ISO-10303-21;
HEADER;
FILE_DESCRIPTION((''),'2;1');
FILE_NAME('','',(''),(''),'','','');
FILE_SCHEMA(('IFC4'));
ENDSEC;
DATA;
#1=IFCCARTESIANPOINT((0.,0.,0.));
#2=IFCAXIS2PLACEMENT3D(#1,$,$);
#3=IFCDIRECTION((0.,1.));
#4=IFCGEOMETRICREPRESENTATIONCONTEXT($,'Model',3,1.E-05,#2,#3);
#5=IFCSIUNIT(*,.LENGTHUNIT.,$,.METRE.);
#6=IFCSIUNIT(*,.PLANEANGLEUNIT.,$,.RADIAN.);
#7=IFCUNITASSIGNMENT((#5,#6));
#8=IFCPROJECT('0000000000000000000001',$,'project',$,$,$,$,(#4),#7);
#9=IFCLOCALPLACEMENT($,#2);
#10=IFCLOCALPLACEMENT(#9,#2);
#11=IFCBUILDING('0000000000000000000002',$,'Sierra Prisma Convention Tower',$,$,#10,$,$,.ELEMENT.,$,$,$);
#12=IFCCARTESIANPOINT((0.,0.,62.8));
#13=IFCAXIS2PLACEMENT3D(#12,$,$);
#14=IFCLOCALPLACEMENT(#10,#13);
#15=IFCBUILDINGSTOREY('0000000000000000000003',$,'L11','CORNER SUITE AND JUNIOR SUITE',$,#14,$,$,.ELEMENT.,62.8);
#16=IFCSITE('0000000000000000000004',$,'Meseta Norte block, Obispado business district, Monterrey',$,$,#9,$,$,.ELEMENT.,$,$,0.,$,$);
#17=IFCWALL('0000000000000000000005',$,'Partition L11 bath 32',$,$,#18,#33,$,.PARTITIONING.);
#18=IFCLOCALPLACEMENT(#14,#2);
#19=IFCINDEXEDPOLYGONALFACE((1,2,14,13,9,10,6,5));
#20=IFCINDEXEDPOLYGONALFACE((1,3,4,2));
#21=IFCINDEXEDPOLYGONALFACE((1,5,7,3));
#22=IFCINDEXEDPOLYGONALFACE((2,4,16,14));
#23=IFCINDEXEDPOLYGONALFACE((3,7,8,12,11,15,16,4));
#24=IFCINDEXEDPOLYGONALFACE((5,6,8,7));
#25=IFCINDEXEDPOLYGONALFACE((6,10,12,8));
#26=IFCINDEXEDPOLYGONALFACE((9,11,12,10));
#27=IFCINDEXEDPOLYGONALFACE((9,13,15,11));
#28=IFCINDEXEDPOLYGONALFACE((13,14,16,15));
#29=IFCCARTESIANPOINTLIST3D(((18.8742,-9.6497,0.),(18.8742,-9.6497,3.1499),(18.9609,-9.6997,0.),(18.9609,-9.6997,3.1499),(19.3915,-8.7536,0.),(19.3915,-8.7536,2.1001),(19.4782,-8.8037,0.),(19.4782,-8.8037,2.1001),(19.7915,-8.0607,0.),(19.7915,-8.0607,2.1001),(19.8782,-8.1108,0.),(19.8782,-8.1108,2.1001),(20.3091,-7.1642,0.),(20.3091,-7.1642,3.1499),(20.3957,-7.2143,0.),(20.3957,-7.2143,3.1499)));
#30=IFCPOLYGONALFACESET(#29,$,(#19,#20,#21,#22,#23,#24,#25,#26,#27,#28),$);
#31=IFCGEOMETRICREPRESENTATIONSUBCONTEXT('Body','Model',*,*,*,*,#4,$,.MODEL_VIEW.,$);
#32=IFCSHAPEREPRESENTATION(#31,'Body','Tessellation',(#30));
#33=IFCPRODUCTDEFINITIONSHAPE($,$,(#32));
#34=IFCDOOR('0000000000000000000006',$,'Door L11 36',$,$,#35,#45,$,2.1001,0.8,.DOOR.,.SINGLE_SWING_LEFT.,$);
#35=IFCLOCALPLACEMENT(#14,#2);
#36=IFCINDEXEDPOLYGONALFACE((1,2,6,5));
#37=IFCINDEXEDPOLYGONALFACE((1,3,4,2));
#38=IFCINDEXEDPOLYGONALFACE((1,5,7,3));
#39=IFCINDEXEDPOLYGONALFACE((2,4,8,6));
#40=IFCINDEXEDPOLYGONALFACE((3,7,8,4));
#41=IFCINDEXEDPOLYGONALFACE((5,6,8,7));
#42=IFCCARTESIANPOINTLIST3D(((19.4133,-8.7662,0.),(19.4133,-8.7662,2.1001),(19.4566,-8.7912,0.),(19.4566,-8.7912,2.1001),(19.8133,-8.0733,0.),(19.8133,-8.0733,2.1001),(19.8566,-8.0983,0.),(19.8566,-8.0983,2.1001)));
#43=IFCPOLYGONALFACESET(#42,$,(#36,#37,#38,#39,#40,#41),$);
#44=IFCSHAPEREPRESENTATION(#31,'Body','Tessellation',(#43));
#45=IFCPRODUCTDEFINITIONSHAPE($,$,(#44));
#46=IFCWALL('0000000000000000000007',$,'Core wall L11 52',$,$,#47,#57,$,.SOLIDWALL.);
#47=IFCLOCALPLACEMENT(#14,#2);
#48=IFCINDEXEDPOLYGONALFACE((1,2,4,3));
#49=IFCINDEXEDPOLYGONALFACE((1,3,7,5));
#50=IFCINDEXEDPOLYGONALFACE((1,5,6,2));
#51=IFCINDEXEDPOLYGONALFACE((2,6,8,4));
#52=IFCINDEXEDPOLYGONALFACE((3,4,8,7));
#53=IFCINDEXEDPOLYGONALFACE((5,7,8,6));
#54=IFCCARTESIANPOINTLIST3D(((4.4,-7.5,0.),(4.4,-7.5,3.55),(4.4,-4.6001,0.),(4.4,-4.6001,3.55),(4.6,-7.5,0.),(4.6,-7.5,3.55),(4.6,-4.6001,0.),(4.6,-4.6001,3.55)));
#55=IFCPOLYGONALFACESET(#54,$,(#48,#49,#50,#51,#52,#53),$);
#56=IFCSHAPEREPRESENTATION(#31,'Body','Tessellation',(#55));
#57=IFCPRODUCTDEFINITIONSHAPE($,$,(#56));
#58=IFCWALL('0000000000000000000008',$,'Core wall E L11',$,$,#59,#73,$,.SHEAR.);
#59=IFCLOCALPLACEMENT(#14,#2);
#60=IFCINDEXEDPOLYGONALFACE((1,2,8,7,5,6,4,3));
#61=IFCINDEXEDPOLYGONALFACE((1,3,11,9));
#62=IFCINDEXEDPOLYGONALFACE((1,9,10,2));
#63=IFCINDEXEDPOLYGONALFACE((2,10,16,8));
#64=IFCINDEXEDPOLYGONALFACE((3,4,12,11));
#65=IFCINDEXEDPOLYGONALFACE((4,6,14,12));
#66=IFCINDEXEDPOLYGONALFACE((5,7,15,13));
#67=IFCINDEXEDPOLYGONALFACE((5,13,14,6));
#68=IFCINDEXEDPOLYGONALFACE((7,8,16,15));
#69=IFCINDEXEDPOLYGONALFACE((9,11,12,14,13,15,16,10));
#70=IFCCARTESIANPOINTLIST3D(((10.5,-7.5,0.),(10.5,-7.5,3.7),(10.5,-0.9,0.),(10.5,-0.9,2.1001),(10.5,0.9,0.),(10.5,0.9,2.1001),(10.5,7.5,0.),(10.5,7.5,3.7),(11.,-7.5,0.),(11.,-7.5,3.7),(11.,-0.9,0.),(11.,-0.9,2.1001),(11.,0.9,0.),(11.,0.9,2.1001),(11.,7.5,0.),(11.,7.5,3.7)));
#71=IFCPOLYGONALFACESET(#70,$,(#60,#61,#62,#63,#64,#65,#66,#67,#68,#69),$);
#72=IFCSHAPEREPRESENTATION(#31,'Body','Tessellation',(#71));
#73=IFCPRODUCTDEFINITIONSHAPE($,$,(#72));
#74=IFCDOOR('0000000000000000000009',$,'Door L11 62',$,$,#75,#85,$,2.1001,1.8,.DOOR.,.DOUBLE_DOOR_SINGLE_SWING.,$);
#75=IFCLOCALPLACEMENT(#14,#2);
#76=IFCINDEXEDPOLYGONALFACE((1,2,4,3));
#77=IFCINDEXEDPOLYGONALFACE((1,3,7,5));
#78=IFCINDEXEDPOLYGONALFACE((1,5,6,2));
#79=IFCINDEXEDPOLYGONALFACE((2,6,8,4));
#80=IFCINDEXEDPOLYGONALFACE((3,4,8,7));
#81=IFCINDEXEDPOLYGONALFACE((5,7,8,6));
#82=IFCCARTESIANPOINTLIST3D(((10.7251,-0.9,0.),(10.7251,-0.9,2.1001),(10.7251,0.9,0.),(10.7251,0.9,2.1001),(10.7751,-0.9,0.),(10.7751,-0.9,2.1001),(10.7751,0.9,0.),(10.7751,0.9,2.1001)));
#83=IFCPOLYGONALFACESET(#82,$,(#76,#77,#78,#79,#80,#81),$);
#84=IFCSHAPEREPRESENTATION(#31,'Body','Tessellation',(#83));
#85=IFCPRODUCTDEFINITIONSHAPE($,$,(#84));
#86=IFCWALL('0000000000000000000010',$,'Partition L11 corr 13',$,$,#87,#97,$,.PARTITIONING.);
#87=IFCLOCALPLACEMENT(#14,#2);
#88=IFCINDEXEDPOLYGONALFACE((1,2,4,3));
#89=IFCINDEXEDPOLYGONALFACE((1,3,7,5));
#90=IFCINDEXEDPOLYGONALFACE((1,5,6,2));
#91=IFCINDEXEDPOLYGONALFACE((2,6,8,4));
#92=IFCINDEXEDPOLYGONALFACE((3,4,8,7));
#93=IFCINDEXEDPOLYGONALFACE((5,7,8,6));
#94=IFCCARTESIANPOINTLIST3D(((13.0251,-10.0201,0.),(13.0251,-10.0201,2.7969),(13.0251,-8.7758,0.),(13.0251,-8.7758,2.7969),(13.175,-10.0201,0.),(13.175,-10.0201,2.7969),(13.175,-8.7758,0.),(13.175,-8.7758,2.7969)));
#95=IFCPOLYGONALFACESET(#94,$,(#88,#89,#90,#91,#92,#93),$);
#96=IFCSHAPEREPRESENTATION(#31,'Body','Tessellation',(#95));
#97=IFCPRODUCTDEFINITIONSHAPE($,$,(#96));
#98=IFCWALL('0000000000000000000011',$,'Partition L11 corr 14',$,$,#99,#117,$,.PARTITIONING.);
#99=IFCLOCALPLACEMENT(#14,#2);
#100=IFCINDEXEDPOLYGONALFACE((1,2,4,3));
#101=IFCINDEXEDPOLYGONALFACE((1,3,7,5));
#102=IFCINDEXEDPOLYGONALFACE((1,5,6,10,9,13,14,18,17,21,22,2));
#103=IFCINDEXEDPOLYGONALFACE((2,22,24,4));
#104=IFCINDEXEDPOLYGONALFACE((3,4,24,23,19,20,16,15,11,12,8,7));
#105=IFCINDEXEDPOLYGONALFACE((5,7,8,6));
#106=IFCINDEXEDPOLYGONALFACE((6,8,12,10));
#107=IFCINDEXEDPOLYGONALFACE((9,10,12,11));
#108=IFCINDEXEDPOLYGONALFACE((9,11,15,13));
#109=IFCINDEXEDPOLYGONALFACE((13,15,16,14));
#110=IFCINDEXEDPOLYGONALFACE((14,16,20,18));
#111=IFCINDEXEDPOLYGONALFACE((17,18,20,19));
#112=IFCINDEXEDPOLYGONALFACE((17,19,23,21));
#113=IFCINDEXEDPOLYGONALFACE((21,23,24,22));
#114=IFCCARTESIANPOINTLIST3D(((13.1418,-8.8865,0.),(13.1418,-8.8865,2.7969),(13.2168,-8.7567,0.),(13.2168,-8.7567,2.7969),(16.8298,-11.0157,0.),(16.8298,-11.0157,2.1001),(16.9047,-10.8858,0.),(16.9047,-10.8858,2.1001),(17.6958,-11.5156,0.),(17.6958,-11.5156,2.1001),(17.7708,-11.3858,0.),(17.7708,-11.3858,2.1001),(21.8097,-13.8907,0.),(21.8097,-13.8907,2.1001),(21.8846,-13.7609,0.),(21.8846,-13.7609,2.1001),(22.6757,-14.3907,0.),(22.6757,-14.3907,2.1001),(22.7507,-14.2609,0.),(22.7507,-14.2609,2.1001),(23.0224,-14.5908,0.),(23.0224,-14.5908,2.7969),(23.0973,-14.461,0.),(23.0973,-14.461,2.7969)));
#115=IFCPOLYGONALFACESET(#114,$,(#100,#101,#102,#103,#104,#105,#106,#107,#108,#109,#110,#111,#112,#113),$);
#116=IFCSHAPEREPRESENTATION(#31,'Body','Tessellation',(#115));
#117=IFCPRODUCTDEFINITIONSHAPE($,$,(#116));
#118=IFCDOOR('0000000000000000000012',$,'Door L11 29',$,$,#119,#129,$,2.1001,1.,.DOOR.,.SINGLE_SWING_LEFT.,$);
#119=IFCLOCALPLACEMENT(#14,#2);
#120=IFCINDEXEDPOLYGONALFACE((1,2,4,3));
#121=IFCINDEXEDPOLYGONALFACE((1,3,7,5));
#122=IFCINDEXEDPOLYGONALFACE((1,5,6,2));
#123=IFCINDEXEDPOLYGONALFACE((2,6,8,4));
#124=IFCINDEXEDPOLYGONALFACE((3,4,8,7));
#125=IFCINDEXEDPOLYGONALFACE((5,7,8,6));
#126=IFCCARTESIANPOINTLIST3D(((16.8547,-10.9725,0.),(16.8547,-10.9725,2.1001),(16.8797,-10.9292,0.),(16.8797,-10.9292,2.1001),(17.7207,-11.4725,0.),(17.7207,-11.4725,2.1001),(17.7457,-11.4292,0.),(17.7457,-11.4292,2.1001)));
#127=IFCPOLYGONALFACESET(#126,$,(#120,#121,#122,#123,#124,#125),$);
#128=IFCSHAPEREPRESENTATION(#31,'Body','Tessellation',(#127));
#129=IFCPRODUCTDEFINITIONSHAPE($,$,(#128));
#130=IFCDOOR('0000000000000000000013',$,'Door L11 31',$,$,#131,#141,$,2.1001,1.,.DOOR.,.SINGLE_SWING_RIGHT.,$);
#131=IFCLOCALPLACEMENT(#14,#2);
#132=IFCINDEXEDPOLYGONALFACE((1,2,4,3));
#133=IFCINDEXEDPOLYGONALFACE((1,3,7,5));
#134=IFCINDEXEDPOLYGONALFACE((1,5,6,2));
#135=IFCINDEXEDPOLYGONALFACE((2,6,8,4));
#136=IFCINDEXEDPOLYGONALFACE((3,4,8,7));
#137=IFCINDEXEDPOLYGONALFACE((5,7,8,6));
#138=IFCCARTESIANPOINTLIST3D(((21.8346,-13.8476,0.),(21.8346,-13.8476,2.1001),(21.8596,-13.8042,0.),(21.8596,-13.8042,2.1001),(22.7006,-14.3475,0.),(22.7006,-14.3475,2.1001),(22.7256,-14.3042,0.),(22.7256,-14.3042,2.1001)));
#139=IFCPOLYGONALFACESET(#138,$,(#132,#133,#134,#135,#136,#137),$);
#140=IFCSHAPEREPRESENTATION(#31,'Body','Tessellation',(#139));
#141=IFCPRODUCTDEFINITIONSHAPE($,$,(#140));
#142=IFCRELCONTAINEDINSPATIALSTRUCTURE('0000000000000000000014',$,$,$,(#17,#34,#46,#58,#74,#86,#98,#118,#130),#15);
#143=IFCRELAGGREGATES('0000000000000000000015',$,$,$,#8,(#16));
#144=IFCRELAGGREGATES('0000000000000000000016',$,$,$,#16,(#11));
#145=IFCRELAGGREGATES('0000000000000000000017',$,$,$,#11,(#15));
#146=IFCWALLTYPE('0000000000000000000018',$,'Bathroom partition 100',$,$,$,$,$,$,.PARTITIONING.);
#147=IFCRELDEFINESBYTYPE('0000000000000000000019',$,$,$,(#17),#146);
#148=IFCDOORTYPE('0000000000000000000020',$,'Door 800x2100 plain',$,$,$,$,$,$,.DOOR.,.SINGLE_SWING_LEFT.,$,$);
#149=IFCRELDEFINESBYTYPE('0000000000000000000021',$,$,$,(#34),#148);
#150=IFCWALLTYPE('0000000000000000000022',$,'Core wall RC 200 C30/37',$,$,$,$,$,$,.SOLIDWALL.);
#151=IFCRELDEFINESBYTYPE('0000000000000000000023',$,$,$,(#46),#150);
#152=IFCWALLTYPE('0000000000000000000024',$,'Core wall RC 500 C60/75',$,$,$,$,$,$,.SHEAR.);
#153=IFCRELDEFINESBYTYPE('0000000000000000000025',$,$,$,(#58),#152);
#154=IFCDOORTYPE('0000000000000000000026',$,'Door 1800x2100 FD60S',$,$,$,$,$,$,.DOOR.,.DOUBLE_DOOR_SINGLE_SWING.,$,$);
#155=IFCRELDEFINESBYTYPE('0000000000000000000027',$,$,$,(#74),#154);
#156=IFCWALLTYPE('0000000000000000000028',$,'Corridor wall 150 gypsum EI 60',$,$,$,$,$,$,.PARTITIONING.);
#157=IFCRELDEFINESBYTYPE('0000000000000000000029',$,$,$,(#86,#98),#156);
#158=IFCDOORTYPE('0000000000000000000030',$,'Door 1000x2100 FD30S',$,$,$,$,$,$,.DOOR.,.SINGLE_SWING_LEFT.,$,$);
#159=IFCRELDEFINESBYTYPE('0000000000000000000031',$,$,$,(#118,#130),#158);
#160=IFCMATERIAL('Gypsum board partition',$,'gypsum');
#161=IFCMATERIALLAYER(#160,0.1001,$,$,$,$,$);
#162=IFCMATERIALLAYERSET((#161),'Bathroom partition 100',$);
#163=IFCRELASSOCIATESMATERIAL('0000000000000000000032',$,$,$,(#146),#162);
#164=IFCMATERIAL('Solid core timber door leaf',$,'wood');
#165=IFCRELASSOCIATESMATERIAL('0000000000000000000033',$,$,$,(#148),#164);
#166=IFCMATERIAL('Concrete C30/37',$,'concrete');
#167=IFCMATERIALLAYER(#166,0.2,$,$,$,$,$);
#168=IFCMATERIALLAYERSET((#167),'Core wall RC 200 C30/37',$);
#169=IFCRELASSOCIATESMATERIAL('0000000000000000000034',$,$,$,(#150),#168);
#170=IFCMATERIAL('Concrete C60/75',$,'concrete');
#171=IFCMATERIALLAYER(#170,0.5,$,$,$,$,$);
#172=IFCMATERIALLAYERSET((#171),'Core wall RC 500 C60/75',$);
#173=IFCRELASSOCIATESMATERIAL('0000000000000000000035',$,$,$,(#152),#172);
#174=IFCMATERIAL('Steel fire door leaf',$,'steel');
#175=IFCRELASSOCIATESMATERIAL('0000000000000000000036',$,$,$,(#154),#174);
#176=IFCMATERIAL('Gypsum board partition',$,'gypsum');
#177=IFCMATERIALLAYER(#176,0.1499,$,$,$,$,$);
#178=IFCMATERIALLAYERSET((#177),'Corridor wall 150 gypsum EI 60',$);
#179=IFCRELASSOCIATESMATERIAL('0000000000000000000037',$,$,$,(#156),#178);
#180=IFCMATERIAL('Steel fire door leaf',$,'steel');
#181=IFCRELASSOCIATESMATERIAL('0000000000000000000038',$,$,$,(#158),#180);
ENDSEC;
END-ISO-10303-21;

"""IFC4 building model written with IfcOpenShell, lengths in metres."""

from ifc_helpers import new_model, si_unit, direction, frame, frame_2d, origin, place, context, subcontext, project, spatial, rectangle, extrude, material, layer, layer_set, type_object, element, fill, save


model = new_model("IFC4")

# Units and contexts
model_context = context("Model", 3, precision=1e-05, world=origin(), true_north=direction((0.0, 1.0)))
body_context = subcontext(model_context, "Body", "Model", "MODEL_VIEW")
ifc_project = project(units=[si_unit("LENGTHUNIT", "METRE"), si_unit("PLANEANGLEUNIT", "RADIAN")], contexts=[model_context])

# Site, building, storey
site_placement = place(None, origin())
site = spatial("IfcSite", under=ifc_project, at=site_placement, Name="Meseta Norte block, Obispado business district, Monterrey", CompositionType="ELEMENT", RefElevation=0.0)
building_placement = place(site_placement, origin())
building = spatial("IfcBuilding", under=site, at=building_placement, Name="Sierra Prisma Convention Tower", CompositionType="ELEMENT")
storey_placement = place(building_placement, frame((0.0, 0.0, 62.8)))
storey = spatial("IfcBuildingStorey", under=building, at=storey_placement, Name="L11", Description="CORNER SUITE AND JUNIOR SUITE", CompositionType="ELEMENT", Elevation=62.8)

# Shared definitions
ifc_material_1 = material(Name="Gypsum board partition", Category="gypsum")
ifc_layer_1 = layer(ifc_material_1, 0.1001)
ifc_layer_set_1 = layer_set([ifc_layer_1], Name="Bathroom partition 100")
wall_type_1 = type_object("IfcWallType", Name="Bathroom partition 100", PredefinedType="PARTITIONING", material=ifc_layer_set_1)
ifc_material_2 = material(Name="Solid core timber door leaf", Category="wood")
door_type_1 = type_object("IfcDoorType", Name="Door 800x2100 plain", OperationType="SINGLE_SWING_LEFT", PredefinedType="DOOR", material=ifc_material_2)

# Wall, opening, door
wall_1_placement = place(storey_placement, frame((18.9175, -9.6748, 0.0), z_axis=(0.0, 0.0, 1.0), x_axis=(0.499973, 0.866041, 0.0)))
wall_1 = element("IfcWall", 1, at=wall_1_placement, inside=storey, type_object=wall_type_1, Name="Partition L11 bath 32", PredefinedType="PARTITIONING", context=body_context, shape_type="SweptSolid", body=[
    extrude(rectangle(XDim=2.8699, YDim=0.1001, at=frame_2d((1.4351, 0.0))), origin(), (0.0, 0.0, 1.0), 3.1499),
])
opening_1_placement = place(wall_1_placement, frame((1.0349, 0.0, 0.0)))
opening_1 = element("IfcOpeningElement", 2, at=opening_1_placement, cuts=wall_1, PredefinedType="OPENING", context=body_context, shape_type="SweptSolid", body=[
    extrude(rectangle(XDim=0.8, YDim=2.1001, at=frame_2d((0.3999, 1.05))), frame((0.0, 0.05, 0.0), z_axis=(0.0, -1.0, 0.0), x_axis=(1.0, 0.0, 0.0)), (0.0, 0.0, 1.0), 0.1001),
])
door_1_placement = place(opening_1_placement, origin())
door_1 = element("IfcDoor", 3, at=door_1_placement, inside=storey, type_object=door_type_1, Name="Door L11 36", OperationType="SINGLE_SWING_LEFT", OverallHeight=2.1001, OverallWidth=0.8, PredefinedType="DOOR", context=body_context, shape_type="SweptSolid", body=[
    extrude(rectangle(XDim=0.8, YDim=2.1001, at=frame_2d((0.3999, 1.05))), frame((0.0, 0.0249, 0.0), z_axis=(0.0, -1.0, 0.0), x_axis=(1.0, 0.0, 0.0)), (0.0, 0.0, 1.0), 0.05),
])
fill(opening_1, door_1)

# Wall
ifc_material_3 = material(Name="Concrete C30/37", Category="concrete")
ifc_layer_2 = layer(ifc_material_3, 0.2)
ifc_layer_set_2 = layer_set([ifc_layer_2], Name="Core wall RC 200 C30/37")
wall_type_2 = type_object("IfcWallType", Name="Core wall RC 200 C30/37", PredefinedType="SOLIDWALL", material=ifc_layer_set_2)
wall_2_placement = place(storey_placement, frame((4.5, -7.5, 0.0), z_axis=(0.0, 0.0, 1.0), x_axis=(0.0, 1.0, 0.0)))
element("IfcWall", 4, at=wall_2_placement, inside=storey, type_object=wall_type_2, Name="Core wall L11 52", PredefinedType="SOLIDWALL", context=body_context, shape_type="SweptSolid", body=[
    extrude(rectangle(XDim=2.8999, YDim=0.2, at=frame_2d((1.45, 0.0))), origin(), (0.0, 0.0, 1.0), 3.55),
])

# Wall, opening, door
ifc_material_4 = material(Name="Concrete C60/75", Category="concrete")
ifc_layer_3 = layer(ifc_material_4, 0.5)
ifc_layer_set_3 = layer_set([ifc_layer_3], Name="Core wall RC 500 C60/75")
wall_type_3 = type_object("IfcWallType", Name="Core wall RC 500 C60/75", PredefinedType="SHEAR", material=ifc_layer_set_3)
wall_3_placement = place(storey_placement, frame((10.75, -7.5, 0.0), z_axis=(0.0, 0.0, 1.0), x_axis=(0.0, 1.0, 0.0)))
wall_3 = element("IfcWall", 5, at=wall_3_placement, inside=storey, type_object=wall_type_3, Name="Core wall E L11", PredefinedType="SHEAR", context=body_context, shape_type="SweptSolid", body=[
    extrude(rectangle(XDim=15.0, YDim=0.5, at=frame_2d((7.5, 0.0))), origin(), (0.0, 0.0, 1.0), 3.7),
])
opening_2_placement = place(wall_3_placement, frame((6.6001, 0.0, 0.0)))
opening_2 = element("IfcOpeningElement", 6, at=opening_2_placement, cuts=wall_3, PredefinedType="OPENING", context=body_context, shape_type="SweptSolid", body=[
    extrude(rectangle(XDim=1.8, YDim=2.1001, at=frame_2d((0.8999, 1.05))), frame((0.0, 0.25, 0.0), z_axis=(0.0, -1.0, 0.0), x_axis=(1.0, 0.0, 0.0)), (0.0, 0.0, 1.0), 0.5),
])
ifc_material_5 = material(Name="Steel fire door leaf", Category="steel")
door_type_2 = type_object("IfcDoorType", Name="Door 1800x2100 FD60S", OperationType="DOUBLE_DOOR_SINGLE_SWING", PredefinedType="DOOR", material=ifc_material_5)
door_2_placement = place(opening_2_placement, origin())
door_2 = element("IfcDoor", 7, at=door_2_placement, inside=storey, type_object=door_type_2, Name="Door L11 62", OperationType="DOUBLE_DOOR_SINGLE_SWING", OverallHeight=2.1001, OverallWidth=1.8, PredefinedType="DOOR", context=body_context, shape_type="SweptSolid", body=[
    extrude(rectangle(XDim=1.8, YDim=2.1001, at=frame_2d((0.8999, 1.05))), frame((0.0, 0.0249, 0.0), z_axis=(0.0, -1.0, 0.0), x_axis=(1.0, 0.0, 0.0)), (0.0, 0.0, 1.0), 0.05),
])
fill(opening_2, door_2)

# Wall
ifc_material_6 = material(Name="Gypsum board partition", Category="gypsum")
ifc_layer_4 = layer(ifc_material_6, 0.1499)
ifc_layer_set_4 = layer_set([ifc_layer_4], Name="Corridor wall 150 gypsum EI 60")
wall_type_4 = type_object("IfcWallType", Name="Corridor wall 150 gypsum EI 60", PredefinedType="PARTITIONING", material=ifc_layer_set_4)
wall_4_placement = place(storey_placement, frame((13.1001, -10.02, 0.0), z_axis=(0.0, 0.0, 1.0), x_axis=(0.0, 1.0, 0.0)))
element("IfcWall", 8, at=wall_4_placement, inside=storey, type_object=wall_type_4, Name="Partition L11 corr 13", PredefinedType="PARTITIONING", context=body_context, shape_type="SweptSolid", body=[
    extrude(rectangle(XDim=1.2444, YDim=0.1499, at=frame_2d((0.6221, 0.0))), origin(), (0.0, 0.0, 1.0), 2.7969),
])

# Wall, openings, doors
wall_5_placement = place(storey_placement, frame((13.1792, -8.8215, 0.0), z_axis=(0.0, 0.0, 1.0), x_axis=(0.866034, -0.499985, 0.0)))
wall_5 = element("IfcWall", 9, at=wall_5_placement, inside=storey, type_object=wall_type_4, Name="Partition L11 corr 14", PredefinedType="PARTITIONING", context=body_context, shape_type="SweptSolid", body=[
    extrude(rectangle(XDim=11.4089, YDim=0.1499, at=frame_2d((5.7046, 0.0))), origin(), (0.0, 0.0, 1.0), 2.7969),
])
opening_3_placement = place(wall_5_placement, frame((4.2585, 0.0, 0.0)))
opening_3 = element("IfcOpeningElement", 10, at=opening_3_placement, cuts=wall_5, PredefinedType="OPENING", context=body_context, shape_type="SweptSolid", body=[
    extrude(rectangle(XDim=1.0, YDim=2.1001, at=frame_2d((0.5, 1.05))), frame((0.0, 0.075, 0.0), z_axis=(0.0, -1.0, 0.0), x_axis=(1.0, 0.0, 0.0)), (0.0, 0.0, 1.0), 0.1499),
])
opening_4_placement = place(wall_5_placement, frame((10.0088, 0.0, 0.0)))
opening_4 = element("IfcOpeningElement", 11, at=opening_4_placement, cuts=wall_5, PredefinedType="OPENING", context=body_context, shape_type="SweptSolid", body=[
    extrude(rectangle(XDim=1.0, YDim=2.1001, at=frame_2d((0.5, 1.05))), frame((0.0, 0.075, 0.0), z_axis=(0.0, -1.0, 0.0), x_axis=(1.0, 0.0, 0.0)), (0.0, 0.0, 1.0), 0.1499),
])
ifc_material_7 = material(Name="Steel fire door leaf", Category="steel")
door_type_3 = type_object("IfcDoorType", Name="Door 1000x2100 FD30S", OperationType="SINGLE_SWING_LEFT", PredefinedType="DOOR", material=ifc_material_7)
door_3_placement = place(opening_3_placement, origin())
door_3 = element("IfcDoor", 12, at=door_3_placement, inside=storey, type_object=door_type_3, Name="Door L11 29", OperationType="SINGLE_SWING_LEFT", OverallHeight=2.1001, OverallWidth=1.0, PredefinedType="DOOR", context=body_context, shape_type="SweptSolid", body=[
    extrude(rectangle(XDim=1.0, YDim=2.1001, at=frame_2d((0.5, 1.05))), frame((0.0, 0.0249, 0.0), z_axis=(0.0, -1.0, 0.0), x_axis=(1.0, 0.0, 0.0)), (0.0, 0.0, 1.0), 0.05),
])
fill(opening_3, door_3)
door_4_placement = place(opening_4_placement, origin())
door_4 = element("IfcDoor", 13, at=door_4_placement, inside=storey, type_object=door_type_3, Name="Door L11 31", OperationType="SINGLE_SWING_RIGHT", OverallHeight=2.1001, OverallWidth=1.0, PredefinedType="DOOR", context=body_context, shape_type="SweptSolid", body=[
    extrude(rectangle(XDim=1.0, YDim=2.1001, at=frame_2d((0.5, 1.05))), frame((0.0, 0.0249, 0.0), z_axis=(0.0, -1.0, 0.0), x_axis=(1.0, 0.0, 0.0)), (0.0, 0.0, 1.0), 0.05),
])
fill(opening_4, door_4)

save(model, "model.ifc")
